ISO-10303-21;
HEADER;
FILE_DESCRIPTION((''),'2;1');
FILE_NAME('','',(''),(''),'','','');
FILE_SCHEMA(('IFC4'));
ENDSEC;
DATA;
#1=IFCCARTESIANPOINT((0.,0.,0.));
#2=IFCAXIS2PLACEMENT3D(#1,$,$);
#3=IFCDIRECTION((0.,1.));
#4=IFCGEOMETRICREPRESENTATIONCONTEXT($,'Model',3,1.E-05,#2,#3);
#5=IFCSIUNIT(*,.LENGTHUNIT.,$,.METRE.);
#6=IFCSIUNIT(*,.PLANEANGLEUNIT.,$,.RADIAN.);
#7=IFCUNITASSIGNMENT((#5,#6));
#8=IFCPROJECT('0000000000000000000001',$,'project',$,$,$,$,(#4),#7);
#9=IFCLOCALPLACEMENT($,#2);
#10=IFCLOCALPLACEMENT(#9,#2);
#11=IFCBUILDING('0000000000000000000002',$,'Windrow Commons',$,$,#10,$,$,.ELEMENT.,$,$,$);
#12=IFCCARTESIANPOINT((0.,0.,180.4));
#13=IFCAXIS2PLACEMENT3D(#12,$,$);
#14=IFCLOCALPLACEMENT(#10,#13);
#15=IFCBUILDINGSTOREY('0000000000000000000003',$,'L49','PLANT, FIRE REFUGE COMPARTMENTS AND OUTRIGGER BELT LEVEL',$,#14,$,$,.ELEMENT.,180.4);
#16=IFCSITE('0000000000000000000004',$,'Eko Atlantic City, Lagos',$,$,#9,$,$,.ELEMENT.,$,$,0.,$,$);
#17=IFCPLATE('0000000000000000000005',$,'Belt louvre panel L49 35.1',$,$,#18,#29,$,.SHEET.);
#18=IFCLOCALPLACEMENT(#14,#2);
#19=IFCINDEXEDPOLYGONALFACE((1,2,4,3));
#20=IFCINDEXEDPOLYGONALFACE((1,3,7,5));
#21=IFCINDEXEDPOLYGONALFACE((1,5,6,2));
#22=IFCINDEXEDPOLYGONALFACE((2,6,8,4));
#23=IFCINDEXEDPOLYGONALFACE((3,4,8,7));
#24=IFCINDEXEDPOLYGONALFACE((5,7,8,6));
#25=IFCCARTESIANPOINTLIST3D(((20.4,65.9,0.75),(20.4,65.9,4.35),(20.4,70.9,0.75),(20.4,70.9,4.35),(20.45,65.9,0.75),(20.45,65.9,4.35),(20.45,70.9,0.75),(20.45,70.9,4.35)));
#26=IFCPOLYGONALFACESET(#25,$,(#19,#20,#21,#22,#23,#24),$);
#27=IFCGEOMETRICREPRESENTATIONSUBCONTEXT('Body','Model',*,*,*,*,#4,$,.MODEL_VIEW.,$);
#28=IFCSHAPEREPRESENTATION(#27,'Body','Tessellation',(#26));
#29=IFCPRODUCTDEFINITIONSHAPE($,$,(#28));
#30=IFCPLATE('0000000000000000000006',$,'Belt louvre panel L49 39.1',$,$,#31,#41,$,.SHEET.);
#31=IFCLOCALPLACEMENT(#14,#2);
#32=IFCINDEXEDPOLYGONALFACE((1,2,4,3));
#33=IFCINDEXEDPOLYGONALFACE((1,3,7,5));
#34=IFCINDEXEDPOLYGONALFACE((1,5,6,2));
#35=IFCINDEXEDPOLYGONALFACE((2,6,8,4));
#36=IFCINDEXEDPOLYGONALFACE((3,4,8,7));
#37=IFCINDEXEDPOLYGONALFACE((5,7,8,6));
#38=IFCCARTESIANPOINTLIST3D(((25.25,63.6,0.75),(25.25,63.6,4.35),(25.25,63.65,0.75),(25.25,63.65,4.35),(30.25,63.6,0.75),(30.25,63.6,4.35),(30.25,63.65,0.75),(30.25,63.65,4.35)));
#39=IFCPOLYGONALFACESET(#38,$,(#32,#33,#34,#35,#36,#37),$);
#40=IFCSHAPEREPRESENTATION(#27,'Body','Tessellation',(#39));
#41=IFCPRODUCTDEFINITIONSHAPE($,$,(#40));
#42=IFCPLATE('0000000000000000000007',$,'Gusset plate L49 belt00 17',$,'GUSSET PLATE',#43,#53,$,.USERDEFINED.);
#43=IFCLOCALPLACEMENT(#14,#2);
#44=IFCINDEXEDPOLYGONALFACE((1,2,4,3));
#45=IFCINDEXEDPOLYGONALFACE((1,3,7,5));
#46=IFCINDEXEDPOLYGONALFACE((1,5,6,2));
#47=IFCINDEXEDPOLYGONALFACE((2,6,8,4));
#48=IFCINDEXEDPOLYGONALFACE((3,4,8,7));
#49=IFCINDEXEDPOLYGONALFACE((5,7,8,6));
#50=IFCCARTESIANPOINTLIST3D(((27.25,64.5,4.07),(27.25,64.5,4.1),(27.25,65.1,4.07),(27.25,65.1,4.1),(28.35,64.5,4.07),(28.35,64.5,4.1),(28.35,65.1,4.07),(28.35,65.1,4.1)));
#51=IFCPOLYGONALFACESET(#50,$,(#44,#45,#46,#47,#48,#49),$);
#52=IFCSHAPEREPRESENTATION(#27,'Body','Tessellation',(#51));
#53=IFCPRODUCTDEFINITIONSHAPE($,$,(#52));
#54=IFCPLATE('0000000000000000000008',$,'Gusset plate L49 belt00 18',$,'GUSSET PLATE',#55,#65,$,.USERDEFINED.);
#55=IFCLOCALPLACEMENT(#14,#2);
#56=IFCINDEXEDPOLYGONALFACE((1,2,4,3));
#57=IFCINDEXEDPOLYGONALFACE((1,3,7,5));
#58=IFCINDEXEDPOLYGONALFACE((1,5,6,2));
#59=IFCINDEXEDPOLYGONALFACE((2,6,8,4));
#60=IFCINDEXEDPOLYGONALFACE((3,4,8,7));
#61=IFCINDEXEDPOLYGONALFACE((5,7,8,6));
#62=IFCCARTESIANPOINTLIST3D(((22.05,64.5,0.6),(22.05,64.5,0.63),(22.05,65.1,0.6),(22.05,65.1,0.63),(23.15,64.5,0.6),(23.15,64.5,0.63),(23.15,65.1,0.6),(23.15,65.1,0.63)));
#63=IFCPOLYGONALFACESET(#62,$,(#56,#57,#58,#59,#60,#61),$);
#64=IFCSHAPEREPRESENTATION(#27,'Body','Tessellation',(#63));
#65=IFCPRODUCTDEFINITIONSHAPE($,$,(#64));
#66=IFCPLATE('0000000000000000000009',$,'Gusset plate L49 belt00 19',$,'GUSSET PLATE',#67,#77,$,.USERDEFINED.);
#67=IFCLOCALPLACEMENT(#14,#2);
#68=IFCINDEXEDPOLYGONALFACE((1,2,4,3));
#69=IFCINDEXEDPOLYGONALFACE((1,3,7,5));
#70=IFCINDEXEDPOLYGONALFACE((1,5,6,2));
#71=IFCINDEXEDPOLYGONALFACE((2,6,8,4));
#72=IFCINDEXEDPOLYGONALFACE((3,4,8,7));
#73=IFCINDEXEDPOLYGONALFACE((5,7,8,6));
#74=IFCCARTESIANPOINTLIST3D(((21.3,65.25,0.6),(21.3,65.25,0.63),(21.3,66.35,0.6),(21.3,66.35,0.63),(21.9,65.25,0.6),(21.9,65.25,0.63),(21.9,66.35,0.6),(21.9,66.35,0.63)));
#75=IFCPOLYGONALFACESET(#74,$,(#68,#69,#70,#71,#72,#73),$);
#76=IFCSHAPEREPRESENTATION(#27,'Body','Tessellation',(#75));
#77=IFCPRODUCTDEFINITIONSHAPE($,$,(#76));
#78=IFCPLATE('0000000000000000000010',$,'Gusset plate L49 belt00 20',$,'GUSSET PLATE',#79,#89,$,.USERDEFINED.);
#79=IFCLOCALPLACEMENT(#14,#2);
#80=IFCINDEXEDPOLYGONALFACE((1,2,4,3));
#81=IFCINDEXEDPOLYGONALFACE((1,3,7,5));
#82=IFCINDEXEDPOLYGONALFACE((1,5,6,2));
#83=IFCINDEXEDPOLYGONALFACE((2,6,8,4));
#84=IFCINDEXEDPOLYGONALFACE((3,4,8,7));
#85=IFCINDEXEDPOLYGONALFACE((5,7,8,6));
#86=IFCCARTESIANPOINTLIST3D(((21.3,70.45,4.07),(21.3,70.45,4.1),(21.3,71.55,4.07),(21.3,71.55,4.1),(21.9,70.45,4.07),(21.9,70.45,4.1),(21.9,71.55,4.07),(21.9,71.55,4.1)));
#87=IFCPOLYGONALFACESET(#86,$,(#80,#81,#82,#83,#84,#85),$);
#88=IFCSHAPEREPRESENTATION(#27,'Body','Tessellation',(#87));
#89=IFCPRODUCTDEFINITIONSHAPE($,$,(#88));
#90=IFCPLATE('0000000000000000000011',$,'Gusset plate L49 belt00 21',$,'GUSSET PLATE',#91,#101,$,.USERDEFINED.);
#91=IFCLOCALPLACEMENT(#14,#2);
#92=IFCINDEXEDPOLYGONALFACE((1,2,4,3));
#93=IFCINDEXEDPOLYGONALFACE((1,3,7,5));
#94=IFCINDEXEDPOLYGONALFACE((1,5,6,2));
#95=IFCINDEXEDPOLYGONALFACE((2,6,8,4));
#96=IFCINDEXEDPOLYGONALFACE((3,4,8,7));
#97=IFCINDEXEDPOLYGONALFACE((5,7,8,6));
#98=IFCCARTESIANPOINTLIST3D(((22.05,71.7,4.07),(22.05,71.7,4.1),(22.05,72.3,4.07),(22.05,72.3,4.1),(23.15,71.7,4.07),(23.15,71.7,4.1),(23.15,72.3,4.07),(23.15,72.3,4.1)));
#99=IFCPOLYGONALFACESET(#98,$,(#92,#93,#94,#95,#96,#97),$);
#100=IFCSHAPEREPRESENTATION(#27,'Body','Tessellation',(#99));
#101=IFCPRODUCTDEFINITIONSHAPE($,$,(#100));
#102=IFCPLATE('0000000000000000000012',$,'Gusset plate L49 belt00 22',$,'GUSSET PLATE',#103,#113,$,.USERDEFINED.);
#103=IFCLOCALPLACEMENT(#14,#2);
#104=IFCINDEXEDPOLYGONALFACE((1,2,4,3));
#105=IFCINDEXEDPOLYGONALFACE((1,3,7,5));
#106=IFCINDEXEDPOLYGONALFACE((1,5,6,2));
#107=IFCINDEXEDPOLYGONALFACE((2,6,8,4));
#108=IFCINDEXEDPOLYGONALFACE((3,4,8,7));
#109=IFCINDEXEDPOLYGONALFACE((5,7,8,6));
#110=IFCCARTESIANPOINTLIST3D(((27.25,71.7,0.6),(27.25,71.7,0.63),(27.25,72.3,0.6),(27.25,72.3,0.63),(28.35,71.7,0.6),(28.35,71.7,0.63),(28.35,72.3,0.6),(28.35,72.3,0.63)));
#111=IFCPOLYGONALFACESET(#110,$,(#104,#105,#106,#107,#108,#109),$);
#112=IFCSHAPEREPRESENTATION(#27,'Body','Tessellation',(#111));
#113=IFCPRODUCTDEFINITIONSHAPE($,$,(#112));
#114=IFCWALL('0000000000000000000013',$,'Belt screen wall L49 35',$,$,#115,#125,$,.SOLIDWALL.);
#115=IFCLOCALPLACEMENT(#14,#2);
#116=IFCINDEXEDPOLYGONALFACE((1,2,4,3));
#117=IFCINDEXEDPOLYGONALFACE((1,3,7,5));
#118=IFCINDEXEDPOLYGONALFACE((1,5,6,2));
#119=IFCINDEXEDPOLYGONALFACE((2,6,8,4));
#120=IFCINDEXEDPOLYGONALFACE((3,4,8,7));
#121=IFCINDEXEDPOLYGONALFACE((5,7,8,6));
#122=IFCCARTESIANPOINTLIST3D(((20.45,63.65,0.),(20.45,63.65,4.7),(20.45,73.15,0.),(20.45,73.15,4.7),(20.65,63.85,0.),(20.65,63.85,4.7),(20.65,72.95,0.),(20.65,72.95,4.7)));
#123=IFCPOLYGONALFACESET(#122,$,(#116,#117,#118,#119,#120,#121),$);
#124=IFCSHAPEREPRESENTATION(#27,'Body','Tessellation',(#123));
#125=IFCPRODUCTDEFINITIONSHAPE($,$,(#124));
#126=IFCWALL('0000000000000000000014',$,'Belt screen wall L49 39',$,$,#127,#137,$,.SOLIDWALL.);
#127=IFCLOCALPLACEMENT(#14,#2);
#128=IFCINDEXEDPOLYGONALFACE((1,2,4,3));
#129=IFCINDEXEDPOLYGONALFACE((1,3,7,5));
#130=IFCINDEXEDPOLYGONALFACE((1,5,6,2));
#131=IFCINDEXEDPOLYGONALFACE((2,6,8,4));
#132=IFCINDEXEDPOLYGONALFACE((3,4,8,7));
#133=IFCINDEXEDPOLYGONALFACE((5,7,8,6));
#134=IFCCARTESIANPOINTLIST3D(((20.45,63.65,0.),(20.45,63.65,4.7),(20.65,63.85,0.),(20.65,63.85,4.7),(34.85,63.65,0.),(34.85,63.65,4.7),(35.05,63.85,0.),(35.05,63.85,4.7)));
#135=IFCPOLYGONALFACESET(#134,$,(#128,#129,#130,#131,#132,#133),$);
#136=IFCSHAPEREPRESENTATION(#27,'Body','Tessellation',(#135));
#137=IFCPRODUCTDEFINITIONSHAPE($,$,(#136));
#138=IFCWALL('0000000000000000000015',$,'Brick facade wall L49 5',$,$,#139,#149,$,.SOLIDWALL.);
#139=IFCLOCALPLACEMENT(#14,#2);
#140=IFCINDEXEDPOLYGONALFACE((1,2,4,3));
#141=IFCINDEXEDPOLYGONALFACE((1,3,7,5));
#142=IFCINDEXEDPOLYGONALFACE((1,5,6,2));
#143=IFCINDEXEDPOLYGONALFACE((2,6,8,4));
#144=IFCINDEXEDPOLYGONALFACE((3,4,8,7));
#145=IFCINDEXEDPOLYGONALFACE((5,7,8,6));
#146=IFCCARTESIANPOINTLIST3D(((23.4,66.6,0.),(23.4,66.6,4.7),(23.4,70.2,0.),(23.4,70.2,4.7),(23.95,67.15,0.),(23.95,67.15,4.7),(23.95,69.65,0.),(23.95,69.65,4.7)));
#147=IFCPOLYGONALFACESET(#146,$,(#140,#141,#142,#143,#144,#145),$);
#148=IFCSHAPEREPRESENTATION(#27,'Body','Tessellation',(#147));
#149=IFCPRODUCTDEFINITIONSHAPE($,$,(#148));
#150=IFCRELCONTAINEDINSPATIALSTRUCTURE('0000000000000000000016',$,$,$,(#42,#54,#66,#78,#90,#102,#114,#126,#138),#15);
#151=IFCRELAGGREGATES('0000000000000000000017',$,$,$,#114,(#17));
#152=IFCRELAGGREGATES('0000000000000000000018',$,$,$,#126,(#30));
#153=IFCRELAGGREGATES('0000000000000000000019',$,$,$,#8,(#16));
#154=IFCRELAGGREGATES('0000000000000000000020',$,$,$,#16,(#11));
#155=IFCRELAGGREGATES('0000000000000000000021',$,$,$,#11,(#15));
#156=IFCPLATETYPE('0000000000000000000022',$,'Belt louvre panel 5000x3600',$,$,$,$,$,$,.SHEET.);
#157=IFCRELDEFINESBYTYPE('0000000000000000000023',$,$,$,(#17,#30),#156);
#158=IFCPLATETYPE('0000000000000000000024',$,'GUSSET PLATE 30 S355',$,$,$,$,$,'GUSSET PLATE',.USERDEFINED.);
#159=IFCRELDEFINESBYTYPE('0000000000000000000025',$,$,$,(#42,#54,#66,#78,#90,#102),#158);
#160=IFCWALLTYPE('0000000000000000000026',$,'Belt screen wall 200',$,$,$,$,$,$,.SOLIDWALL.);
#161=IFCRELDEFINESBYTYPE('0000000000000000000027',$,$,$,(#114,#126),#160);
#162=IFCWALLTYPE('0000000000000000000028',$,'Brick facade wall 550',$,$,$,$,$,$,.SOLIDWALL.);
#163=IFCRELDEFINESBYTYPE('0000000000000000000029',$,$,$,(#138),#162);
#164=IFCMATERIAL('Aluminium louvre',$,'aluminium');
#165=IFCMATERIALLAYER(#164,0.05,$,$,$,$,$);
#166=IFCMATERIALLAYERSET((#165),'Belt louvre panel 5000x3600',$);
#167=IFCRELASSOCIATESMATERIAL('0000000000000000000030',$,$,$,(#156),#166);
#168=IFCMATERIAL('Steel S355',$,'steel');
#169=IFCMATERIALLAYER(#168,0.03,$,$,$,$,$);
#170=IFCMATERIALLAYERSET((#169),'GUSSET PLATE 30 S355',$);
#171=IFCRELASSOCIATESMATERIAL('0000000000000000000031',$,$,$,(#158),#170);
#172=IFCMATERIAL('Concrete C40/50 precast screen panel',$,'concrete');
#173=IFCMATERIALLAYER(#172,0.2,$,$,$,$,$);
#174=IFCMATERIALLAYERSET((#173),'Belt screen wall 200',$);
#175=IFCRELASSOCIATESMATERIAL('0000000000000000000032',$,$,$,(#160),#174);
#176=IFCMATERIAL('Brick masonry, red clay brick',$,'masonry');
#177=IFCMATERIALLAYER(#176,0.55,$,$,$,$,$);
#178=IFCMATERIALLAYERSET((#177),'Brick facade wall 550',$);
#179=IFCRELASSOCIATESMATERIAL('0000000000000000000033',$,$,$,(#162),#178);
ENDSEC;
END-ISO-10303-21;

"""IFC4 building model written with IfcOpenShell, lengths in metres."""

from ifc_helpers import new_model, si_unit, direction, frame, origin, origin_2d, place, context, subcontext, project, spatial, polyline, rectangle, outline, extrude, material, layer, layer_set, type_object, element, aggregate, save


model = new_model("IFC4")

# Units and contexts
model_context = context("Model", 3, precision=1e-05, world=origin(), true_north=direction((0.0, 1.0)))
body_context = subcontext(model_context, "Body", "Model", "MODEL_VIEW")
ifc_project = project(units=[si_unit("LENGTHUNIT", "METRE"), si_unit("PLANEANGLEUNIT", "RADIAN")], contexts=[model_context])

# Site, building, storey
site_placement = place(None, origin())
site = spatial("IfcSite", under=ifc_project, at=site_placement, Name="Eko Atlantic City, Lagos", CompositionType="ELEMENT", RefElevation=0.0)
building_placement = place(site_placement, origin())
building = spatial("IfcBuilding", under=site, at=building_placement, Name="Windrow Commons", CompositionType="ELEMENT")
storey_placement = place(building_placement, frame((0.0, 0.0, 180.4)))
storey = spatial("IfcBuildingStorey", under=building, at=storey_placement, Name="L49", Description="PLANT, FIRE REFUGE COMPARTMENTS AND OUTRIGGER BELT LEVEL", CompositionType="ELEMENT", Elevation=180.4)

# Plates
ifc_material_1 = material(Name="Aluminium louvre", Category="aluminium")
ifc_layer_1 = layer(ifc_material_1, 0.05)
ifc_layer_set_1 = layer_set([ifc_layer_1], Name="Belt louvre panel 5000x3600")
plate_type_1 = type_object("IfcPlateType", Name="Belt louvre panel 5000x3600", PredefinedType="SHEET", material=ifc_layer_set_1)
plate_1_placement = place(storey_placement, frame((20.4, 70.9, 0.75), z_axis=(-1.0, 0.0, 0.0), x_axis=(0.0, -1.0, 0.0)))
plate_1 = element("IfcPlate", 1, at=plate_1_placement, type_object=plate_type_1, Name="Belt louvre panel L49 35.1", PredefinedType="SHEET", context=body_context, shape_type="SweptSolid", body=[
    extrude(outline(polyline([(0.0, 0.0), (5.0, 0.0), (5.0, 3.6), (0.0, 3.6), (0.0, 0.0)])), origin(), (0.0, 0.0, -1.0), 0.05),
])
plate_2_placement = place(storey_placement, frame((25.25, 63.6, 0.75), z_axis=(0.0, -1.0, 0.0), x_axis=(1.0, 0.0, 0.0)))
plate_2 = element("IfcPlate", 2, at=plate_2_placement, type_object=plate_type_1, Name="Belt louvre panel L49 39.1", PredefinedType="SHEET", context=body_context, shape_type="SweptSolid", body=[
    extrude(outline(polyline([(0.0, 0.0), (5.0, 0.0), (5.0, 3.6), (0.0, 3.6), (0.0, 0.0)])), origin(), (0.0, 0.0, -1.0), 0.05),
])

# Plates
ifc_material_2 = material(Name="Steel S355", Category="steel")
ifc_layer_2 = layer(ifc_material_2, 0.03)
ifc_layer_set_2 = layer_set([ifc_layer_2], Name="GUSSET PLATE 30 S355")
plate_type_2 = type_object("IfcPlateType", Name="GUSSET PLATE 30 S355", ElementType="GUSSET PLATE", PredefinedType="USERDEFINED", material=ifc_layer_set_2)
for number, where, z_axis, x_axis, name in (
    (3, (27.8, 64.8, 4.07), (0.0, 0.0, 1.0), (-1.0, 0.0, 0.0), "Gusset plate L49 belt00 17"),
    (4, (22.6, 64.8, 0.6), (0.0, 0.0, 1.0), (-1.0, 0.0, 0.0), "Gusset plate L49 belt00 18"),
    (5, (21.6, 65.8, 0.6), (0.0, 0.0, 1.0), (0.0, 1.0, 0.0), "Gusset plate L49 belt00 19"),
    (6, (21.6, 71.0, 4.07), (0.0, 0.0, 1.0), (0.0, 1.0, 0.0), "Gusset plate L49 belt00 20"),
    (7, (22.6, 72.0, 4.07), (0.0, 0.0, 1.0), (1.0, 0.0, 0.0), "Gusset plate L49 belt00 21"),
    (8, (27.8, 72.0, 0.6), (0.0, 0.0, 1.0), (1.0, 0.0, 0.0), "Gusset plate L49 belt00 22"),
):
    element("IfcPlate", number, at=place(storey_placement, frame(where, z_axis=z_axis, x_axis=x_axis)), inside=storey, type_object=plate_type_2, Name=name, ObjectType="GUSSET PLATE", PredefinedType="USERDEFINED", context=body_context, shape_type="SweptSolid", body=[
        extrude(rectangle(XDim=1.1, YDim=0.6, at=origin_2d()), origin(), (0.0, 0.0, 1.0), 0.03),
    ])

# Walls
ifc_material_3 = material(Name="Concrete C40/50 precast screen panel", Category="concrete")
ifc_layer_3 = layer(ifc_material_3, 0.2)
ifc_layer_set_3 = layer_set([ifc_layer_3], Name="Belt screen wall 200")
wall_type_1 = type_object("IfcWallType", Name="Belt screen wall 200", PredefinedType="SOLIDWALL", material=ifc_layer_set_3)
wall_1_placement = place(storey_placement, frame((20.55, 73.05, 0.0), z_axis=(0.0, 0.0, 1.0), x_axis=(0.0, -1.0, 0.0)))
wall_1 = element("IfcWall", 9, at=wall_1_placement, inside=storey, type_object=wall_type_1, Name="Belt screen wall L49 35", PredefinedType="SOLIDWALL", context=body_context, shape_type="SweptSolid", body=[
    extrude(outline(polyline([(-0.1, -0.1), (9.4, -0.1), (9.2, 0.1), (0.1, 0.1), (-0.1, -0.1)])), origin(), (0.0, 0.0, 1.0), 4.7),
])
aggregate(wall_1, [plate_1])
wall_2_placement = place(storey_placement, frame((20.55, 63.75, 0.0), z_axis=(0.0, 0.0, 1.0), x_axis=(1.0, 0.0, 0.0)))
wall_2 = element("IfcWall", 10, at=wall_2_placement, inside=storey, type_object=wall_type_1, Name="Belt screen wall L49 39", PredefinedType="SOLIDWALL", context=body_context, shape_type="SweptSolid", body=[
    extrude(outline(polyline([(-0.1, -0.1), (14.3, -0.1), (14.5, 0.1), (0.1, 0.1), (-0.1, -0.1)])), origin(), (0.0, 0.0, 1.0), 4.7),
])
aggregate(wall_2, [plate_2])
ifc_material_4 = material(Name="Brick masonry, red clay brick", Category="masonry")
ifc_layer_4 = layer(ifc_material_4, 0.55)
ifc_layer_set_4 = layer_set([ifc_layer_4], Name="Brick facade wall 550")
wall_type_2 = type_object("IfcWallType", Name="Brick facade wall 550", PredefinedType="SOLIDWALL", material=ifc_layer_set_4)
wall_3_placement = place(storey_placement, frame((23.675, 69.925, 0.0), z_axis=(0.0, 0.0, 1.0), x_axis=(0.0, -1.0, 0.0)))
element("IfcWall", 11, at=wall_3_placement, inside=storey, type_object=wall_type_2, Name="Brick facade wall L49 5", PredefinedType="SOLIDWALL", context=body_context, shape_type="SweptSolid", body=[
    extrude(outline(polyline([(-0.275, -0.275), (3.325, -0.275), (2.775, 0.275), (0.275, 0.275), (-0.275, -0.275)])), origin(), (0.0, 0.0, 1.0), 4.7),
])

save(model, "model.ifc")
